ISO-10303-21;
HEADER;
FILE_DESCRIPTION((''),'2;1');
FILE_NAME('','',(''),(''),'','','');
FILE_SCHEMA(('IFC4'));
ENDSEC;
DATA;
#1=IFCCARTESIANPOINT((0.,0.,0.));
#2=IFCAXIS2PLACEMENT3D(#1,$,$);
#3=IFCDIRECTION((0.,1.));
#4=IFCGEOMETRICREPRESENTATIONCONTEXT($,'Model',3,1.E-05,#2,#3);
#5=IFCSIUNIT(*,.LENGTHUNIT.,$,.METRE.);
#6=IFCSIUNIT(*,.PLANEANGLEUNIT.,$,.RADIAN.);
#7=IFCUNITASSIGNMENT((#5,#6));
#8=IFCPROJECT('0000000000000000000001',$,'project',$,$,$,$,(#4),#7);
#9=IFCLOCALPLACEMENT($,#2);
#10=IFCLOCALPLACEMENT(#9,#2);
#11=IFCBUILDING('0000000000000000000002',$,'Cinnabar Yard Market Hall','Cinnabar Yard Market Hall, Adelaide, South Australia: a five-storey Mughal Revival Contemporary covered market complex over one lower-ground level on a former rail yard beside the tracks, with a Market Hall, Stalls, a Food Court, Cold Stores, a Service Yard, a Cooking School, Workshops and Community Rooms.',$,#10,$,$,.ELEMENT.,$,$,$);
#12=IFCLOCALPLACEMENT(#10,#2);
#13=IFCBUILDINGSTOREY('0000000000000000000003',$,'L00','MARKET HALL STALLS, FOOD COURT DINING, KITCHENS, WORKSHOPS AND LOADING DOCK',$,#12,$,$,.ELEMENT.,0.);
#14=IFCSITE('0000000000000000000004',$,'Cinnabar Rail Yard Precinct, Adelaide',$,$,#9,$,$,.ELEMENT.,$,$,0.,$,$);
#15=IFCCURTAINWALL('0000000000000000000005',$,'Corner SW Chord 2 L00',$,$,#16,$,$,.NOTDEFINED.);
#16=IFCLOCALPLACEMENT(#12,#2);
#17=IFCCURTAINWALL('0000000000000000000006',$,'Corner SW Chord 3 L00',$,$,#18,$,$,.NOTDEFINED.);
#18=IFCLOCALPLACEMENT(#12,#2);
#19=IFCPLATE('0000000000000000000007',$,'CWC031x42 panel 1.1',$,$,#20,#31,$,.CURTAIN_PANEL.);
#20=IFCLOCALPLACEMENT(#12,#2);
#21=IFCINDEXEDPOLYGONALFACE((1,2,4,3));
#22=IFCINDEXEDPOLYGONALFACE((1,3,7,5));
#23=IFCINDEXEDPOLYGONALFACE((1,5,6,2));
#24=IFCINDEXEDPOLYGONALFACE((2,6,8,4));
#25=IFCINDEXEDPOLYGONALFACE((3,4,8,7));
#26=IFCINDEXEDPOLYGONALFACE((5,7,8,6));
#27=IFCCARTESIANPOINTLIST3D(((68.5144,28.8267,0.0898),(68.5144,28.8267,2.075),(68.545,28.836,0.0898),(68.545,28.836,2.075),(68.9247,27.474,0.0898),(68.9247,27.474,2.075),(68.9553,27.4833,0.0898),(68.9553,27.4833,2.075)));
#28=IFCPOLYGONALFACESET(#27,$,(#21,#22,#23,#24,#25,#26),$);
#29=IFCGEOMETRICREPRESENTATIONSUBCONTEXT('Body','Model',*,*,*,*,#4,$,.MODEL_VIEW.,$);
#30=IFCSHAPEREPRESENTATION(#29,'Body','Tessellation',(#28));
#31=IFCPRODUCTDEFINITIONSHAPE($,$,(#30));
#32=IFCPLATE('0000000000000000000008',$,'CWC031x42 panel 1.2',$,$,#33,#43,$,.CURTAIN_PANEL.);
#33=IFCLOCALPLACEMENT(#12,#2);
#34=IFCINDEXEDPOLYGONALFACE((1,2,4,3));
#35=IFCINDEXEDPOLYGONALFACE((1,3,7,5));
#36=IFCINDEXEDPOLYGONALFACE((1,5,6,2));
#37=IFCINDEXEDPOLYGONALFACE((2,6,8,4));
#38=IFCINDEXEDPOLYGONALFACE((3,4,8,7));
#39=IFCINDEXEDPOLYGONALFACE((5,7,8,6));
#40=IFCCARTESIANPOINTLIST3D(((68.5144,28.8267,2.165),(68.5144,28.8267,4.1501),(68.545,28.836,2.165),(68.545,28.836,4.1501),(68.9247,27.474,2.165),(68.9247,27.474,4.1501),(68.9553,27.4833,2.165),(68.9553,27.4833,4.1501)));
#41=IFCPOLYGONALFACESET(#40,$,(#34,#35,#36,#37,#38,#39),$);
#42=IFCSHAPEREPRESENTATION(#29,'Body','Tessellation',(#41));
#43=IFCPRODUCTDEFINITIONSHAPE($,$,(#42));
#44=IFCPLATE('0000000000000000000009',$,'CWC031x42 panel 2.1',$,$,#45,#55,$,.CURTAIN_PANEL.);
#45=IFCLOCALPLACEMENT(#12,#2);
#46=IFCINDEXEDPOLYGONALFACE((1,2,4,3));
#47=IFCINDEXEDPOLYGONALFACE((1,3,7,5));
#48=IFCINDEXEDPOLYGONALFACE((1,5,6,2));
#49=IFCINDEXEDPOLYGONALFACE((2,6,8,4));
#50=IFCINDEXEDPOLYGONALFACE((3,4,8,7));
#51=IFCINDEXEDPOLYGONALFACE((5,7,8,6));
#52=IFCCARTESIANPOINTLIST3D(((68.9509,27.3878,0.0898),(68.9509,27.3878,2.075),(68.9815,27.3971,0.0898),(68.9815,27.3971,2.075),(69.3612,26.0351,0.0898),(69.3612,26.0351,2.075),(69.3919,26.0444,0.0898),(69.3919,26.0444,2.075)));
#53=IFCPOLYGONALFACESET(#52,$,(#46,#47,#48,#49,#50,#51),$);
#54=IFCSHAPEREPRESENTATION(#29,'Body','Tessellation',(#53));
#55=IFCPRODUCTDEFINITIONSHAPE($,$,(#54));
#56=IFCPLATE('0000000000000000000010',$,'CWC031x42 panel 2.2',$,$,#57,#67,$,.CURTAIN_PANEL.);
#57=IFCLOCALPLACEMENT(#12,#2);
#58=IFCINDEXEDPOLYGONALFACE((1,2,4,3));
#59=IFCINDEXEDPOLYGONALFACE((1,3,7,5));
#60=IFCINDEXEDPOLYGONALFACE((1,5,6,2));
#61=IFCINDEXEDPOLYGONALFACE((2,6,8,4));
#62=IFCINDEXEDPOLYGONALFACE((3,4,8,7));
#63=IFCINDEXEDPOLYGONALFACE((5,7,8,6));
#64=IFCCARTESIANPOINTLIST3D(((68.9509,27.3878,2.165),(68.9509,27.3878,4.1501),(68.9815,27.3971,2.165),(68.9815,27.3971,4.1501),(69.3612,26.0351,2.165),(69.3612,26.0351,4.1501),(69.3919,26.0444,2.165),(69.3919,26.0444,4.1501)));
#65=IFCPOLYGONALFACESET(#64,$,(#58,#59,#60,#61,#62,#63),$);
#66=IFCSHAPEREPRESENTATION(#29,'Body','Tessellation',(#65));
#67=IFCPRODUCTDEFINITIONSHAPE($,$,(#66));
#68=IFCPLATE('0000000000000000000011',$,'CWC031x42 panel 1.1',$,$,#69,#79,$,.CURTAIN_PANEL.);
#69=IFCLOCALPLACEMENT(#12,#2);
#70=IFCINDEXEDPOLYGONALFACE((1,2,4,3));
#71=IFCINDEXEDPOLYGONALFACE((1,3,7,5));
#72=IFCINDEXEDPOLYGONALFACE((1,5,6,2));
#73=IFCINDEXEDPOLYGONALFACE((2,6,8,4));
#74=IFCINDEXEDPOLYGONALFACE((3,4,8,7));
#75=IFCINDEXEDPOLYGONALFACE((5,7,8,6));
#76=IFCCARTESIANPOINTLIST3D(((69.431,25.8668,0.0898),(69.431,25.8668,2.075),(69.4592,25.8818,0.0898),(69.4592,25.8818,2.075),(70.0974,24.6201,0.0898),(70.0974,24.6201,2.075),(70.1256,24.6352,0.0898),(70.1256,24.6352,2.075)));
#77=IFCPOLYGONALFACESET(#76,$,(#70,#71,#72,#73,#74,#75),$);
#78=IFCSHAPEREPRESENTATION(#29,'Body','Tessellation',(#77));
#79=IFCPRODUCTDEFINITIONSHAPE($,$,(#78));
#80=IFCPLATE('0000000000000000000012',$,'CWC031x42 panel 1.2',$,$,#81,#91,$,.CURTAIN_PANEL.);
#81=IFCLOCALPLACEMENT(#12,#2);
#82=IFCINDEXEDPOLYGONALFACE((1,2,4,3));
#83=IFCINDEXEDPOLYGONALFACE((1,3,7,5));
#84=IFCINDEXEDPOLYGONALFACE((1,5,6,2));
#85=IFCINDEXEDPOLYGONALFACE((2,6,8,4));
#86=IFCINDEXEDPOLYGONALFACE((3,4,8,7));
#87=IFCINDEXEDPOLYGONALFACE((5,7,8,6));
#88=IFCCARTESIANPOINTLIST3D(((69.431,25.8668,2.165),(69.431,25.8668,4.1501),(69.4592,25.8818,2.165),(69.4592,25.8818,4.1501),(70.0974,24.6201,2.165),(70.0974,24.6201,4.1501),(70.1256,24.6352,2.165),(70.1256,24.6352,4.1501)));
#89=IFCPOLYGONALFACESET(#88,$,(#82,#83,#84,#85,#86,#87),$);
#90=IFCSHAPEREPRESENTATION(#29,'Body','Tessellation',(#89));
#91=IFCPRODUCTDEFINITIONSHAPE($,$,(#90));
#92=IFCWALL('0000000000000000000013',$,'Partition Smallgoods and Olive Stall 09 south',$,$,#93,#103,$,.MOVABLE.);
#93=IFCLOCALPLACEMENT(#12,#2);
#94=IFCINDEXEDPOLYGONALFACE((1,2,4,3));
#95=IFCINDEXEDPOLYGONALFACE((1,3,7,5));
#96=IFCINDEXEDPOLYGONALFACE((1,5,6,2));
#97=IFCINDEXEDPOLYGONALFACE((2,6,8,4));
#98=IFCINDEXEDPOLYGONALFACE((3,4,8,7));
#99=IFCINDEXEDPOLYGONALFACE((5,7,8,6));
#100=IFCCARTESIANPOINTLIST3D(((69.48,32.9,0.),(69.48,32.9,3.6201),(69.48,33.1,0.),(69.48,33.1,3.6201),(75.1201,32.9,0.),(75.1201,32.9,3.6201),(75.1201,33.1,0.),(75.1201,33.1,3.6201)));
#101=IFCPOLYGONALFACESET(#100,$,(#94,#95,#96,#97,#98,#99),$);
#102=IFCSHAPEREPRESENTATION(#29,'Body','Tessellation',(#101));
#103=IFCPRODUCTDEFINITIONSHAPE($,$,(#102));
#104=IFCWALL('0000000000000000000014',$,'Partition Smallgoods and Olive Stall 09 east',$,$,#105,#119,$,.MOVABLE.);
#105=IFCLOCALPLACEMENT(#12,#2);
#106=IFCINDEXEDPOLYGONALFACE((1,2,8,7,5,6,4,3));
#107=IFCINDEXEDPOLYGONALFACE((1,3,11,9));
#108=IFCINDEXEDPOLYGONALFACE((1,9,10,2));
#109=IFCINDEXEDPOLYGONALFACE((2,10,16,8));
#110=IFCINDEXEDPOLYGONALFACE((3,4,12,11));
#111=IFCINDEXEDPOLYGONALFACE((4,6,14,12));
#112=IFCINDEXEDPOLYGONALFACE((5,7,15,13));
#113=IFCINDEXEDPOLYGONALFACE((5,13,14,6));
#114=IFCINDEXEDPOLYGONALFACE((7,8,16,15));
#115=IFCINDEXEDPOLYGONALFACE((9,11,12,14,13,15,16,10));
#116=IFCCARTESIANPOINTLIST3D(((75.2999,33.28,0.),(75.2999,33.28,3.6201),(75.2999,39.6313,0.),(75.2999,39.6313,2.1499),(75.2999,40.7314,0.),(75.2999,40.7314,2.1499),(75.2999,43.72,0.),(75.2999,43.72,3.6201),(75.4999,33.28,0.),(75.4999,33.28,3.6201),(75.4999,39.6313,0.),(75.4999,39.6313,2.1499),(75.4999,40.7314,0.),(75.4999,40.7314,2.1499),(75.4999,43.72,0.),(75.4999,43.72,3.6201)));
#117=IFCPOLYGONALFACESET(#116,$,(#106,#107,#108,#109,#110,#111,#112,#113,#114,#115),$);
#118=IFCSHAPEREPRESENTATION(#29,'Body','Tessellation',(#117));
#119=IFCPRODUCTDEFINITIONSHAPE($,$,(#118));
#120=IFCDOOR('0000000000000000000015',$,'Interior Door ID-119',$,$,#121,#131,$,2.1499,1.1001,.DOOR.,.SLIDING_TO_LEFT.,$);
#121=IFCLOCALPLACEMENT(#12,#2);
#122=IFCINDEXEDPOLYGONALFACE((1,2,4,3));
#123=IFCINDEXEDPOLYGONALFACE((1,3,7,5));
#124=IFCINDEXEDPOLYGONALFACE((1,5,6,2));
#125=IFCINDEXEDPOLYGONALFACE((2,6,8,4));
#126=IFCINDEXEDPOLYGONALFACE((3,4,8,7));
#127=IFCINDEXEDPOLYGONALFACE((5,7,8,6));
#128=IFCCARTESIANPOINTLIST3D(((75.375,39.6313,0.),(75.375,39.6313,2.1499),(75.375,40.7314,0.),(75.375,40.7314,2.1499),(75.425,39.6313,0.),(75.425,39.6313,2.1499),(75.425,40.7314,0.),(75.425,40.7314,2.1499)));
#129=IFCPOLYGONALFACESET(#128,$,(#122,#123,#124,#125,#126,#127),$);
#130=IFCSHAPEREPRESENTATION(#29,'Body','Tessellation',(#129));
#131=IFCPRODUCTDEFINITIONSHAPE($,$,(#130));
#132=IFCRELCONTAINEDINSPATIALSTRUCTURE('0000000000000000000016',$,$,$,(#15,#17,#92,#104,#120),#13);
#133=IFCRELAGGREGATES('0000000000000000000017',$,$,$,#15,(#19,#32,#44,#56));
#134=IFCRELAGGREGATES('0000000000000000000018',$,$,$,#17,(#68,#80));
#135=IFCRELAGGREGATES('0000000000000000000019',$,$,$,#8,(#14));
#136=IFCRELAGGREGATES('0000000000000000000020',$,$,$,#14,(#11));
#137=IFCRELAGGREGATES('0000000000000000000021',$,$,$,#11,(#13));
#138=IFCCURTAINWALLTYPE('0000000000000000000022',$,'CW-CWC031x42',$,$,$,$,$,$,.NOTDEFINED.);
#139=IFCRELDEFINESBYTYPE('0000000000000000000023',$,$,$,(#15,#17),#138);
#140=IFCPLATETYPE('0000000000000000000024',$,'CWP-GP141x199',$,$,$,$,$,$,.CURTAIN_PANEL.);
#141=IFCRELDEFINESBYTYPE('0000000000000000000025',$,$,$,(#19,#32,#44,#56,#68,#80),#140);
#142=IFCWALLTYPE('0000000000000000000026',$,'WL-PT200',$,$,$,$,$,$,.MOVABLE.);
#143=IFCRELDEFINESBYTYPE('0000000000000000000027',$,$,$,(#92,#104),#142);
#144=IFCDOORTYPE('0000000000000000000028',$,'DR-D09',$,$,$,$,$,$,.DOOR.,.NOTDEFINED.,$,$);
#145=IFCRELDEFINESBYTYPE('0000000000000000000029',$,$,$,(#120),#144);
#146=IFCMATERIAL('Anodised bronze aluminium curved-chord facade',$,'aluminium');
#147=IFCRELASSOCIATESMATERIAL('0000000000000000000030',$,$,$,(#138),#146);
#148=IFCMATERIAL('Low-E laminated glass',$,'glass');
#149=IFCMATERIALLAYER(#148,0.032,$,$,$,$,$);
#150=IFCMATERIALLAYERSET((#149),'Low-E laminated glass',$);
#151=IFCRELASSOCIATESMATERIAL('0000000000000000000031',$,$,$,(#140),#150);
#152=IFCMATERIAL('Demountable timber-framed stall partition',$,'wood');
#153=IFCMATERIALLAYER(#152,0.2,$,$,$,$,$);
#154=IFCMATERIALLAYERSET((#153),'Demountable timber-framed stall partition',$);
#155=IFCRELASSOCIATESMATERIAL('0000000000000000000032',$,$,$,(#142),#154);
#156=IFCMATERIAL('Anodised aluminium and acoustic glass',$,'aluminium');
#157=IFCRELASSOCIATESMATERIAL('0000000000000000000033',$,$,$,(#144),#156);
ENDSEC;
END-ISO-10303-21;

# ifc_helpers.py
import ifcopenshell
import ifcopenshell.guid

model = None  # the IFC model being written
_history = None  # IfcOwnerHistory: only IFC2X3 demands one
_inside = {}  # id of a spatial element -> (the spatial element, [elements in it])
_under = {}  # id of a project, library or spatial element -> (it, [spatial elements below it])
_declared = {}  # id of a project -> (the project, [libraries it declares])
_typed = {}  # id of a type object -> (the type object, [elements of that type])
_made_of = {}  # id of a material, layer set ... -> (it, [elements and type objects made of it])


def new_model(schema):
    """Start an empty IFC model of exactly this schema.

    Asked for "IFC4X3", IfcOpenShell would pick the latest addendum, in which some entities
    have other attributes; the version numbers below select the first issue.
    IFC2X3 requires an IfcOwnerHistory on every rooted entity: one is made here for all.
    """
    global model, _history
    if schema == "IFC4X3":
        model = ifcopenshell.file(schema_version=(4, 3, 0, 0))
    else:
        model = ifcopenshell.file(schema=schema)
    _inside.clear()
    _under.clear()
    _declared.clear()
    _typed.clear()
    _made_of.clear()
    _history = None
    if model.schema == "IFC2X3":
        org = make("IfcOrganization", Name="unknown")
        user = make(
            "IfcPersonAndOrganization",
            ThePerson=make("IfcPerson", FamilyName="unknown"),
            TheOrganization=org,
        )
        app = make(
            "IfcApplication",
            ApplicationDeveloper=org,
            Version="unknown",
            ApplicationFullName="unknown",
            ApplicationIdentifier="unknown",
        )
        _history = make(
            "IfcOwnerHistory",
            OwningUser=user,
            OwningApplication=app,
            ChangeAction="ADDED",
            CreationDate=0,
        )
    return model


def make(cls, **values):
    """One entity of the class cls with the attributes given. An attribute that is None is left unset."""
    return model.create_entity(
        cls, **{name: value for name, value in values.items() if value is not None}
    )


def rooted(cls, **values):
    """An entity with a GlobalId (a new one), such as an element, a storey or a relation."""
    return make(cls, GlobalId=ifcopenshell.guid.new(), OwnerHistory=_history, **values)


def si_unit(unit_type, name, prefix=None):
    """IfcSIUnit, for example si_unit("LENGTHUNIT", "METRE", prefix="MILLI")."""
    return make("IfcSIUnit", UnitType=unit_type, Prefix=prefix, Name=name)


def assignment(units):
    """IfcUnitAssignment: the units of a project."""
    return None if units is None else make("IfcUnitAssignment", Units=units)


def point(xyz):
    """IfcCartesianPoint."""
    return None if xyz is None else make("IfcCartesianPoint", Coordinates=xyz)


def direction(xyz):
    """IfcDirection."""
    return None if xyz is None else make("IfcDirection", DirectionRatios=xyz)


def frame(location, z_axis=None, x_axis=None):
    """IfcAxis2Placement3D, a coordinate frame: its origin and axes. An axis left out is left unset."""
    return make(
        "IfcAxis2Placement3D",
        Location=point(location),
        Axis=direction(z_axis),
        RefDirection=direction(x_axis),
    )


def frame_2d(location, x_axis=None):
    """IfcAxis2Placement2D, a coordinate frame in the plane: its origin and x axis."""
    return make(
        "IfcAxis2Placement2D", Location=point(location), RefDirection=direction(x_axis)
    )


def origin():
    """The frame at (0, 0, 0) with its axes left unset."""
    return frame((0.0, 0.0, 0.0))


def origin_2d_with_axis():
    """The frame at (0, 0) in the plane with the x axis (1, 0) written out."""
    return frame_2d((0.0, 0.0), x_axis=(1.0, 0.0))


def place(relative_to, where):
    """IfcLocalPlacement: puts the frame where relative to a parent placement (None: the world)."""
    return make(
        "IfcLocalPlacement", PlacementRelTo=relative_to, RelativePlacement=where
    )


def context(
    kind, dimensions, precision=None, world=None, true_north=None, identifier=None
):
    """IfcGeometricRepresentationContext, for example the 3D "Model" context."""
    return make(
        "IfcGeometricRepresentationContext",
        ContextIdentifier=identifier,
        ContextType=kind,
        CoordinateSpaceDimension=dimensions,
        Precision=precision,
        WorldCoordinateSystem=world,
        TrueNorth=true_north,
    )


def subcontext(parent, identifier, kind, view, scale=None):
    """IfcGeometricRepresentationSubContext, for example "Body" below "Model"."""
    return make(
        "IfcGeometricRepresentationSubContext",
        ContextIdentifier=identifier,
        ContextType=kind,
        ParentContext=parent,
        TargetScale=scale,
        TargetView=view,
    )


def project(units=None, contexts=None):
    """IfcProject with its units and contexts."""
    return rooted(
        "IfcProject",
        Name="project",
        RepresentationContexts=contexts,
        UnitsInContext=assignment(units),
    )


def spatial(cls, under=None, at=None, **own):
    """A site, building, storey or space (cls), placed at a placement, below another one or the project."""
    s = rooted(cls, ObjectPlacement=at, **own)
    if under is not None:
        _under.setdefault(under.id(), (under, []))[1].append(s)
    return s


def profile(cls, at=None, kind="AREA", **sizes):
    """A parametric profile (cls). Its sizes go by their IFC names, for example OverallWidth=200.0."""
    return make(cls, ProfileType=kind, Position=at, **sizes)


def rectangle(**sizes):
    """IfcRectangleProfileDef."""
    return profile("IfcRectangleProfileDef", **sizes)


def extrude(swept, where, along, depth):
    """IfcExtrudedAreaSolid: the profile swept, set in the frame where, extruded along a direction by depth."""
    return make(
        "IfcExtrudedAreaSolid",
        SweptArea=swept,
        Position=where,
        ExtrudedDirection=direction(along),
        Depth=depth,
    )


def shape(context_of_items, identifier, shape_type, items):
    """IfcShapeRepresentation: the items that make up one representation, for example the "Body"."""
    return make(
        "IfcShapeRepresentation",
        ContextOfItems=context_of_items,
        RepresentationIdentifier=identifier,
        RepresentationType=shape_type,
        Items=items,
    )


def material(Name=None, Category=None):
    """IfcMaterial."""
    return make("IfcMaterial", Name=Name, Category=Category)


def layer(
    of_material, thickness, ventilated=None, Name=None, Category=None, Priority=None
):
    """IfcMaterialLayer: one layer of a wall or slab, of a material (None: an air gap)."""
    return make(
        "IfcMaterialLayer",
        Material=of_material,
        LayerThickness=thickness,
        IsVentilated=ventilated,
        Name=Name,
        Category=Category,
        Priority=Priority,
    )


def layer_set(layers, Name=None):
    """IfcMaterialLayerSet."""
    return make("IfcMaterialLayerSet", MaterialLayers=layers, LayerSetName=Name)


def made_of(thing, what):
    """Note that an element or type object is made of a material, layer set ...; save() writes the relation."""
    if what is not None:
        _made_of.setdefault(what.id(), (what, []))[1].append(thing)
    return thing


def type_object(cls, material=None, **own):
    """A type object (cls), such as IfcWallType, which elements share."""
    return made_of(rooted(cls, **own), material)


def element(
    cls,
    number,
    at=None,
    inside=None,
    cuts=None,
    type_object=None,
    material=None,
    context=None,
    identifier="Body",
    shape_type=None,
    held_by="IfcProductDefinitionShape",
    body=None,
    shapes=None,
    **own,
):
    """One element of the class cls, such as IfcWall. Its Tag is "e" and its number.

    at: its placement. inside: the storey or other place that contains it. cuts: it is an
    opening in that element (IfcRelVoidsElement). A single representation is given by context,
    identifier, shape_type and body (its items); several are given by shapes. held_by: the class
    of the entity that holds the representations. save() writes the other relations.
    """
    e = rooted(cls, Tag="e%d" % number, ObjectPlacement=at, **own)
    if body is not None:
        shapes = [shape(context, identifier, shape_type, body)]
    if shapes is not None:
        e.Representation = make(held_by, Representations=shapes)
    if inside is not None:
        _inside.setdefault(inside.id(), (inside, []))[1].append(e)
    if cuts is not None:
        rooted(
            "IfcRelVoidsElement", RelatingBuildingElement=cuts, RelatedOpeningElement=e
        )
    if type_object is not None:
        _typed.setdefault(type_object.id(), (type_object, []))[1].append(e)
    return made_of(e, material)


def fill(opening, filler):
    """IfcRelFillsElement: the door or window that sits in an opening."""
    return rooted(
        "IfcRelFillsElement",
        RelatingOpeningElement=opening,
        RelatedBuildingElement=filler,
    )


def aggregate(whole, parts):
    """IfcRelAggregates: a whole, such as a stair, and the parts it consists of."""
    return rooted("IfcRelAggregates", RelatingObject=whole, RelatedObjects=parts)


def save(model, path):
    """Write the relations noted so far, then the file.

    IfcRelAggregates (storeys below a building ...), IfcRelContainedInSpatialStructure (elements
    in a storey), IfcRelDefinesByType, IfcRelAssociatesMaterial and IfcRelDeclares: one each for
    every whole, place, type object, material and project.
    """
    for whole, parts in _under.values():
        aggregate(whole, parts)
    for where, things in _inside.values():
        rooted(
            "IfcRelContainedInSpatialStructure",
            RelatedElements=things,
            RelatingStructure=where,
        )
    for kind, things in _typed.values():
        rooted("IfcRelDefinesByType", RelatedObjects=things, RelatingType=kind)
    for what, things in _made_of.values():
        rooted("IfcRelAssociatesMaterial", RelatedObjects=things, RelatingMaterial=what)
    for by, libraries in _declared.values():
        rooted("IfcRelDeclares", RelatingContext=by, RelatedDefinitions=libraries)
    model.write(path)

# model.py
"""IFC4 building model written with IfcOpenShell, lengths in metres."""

from ifc_helpers import new_model, si_unit, direction, frame, frame_2d, origin, origin_2d_with_axis, place, context, subcontext, project, spatial, rectangle, extrude, material, layer, layer_set, type_object, element, fill, aggregate, save


model = new_model("IFC4")

# Units and contexts
model_context = context("Model", 3, precision=1e-05, world=origin(), true_north=direction((0.0, 1.0)))
body_context = subcontext(model_context, "Body", "Model", "MODEL_VIEW")
ifc_project = project(units=[si_unit("LENGTHUNIT", "METRE"), si_unit("PLANEANGLEUNIT", "RADIAN")], contexts=[model_context])

# Site, building, storey
site_placement = place(None, origin())
site = spatial("IfcSite", under=ifc_project, at=site_placement, Name="Cinnabar Rail Yard Precinct, Adelaide", CompositionType="ELEMENT", RefElevation=0.0)
building_placement = place(site_placement, origin())
building = spatial("IfcBuilding", under=site, at=building_placement, Name="Cinnabar Yard Market Hall", Description="Cinnabar Yard Market Hall, Adelaide, South Australia: a five-storey Mughal Revival Contemporary covered market complex over one lower-ground level on a former rail yard beside the tracks, with a Market Hall, Stalls, a Food Court, Cold Stores, a Service Yard, a Cooking School, Workshops and Community Rooms.", CompositionType="ELEMENT")
storey_placement = place(building_placement, origin())
storey = spatial("IfcBuildingStorey", under=building, at=storey_placement, Name="L00", Description="MARKET HALL STALLS, FOOD COURT DINING, KITCHENS, WORKSHOPS AND LOADING DOCK", CompositionType="ELEMENT", Elevation=0.0)

# Curtain walls
ifc_material_1 = material(Name="Anodised bronze aluminium curved-chord facade", Category="aluminium")
curtain_wall_type = type_object("IfcCurtainWallType", Name="CW-CWC031x42", PredefinedType="NOTDEFINED", material=ifc_material_1)
curtain_wall_1_placement = place(storey_placement, origin())
curtain_wall_1 = element("IfcCurtainWall", 1, at=curtain_wall_1_placement, inside=storey, type_object=curtain_wall_type, Name="Corner SW Chord 2 L00", PredefinedType="NOTDEFINED")
curtain_wall_2_placement = place(storey_placement, origin())
curtain_wall_2 = element("IfcCurtainWall", 2, at=curtain_wall_2_placement, inside=storey, type_object=curtain_wall_type, Name="Corner SW Chord 3 L00", PredefinedType="NOTDEFINED")

# Plates
ifc_material_2 = material(Name="Low-E laminated glass", Category="glass")
ifc_layer_1 = layer(ifc_material_2, 0.032)
ifc_layer_set_1 = layer_set([ifc_layer_1], Name="Low-E laminated glass")
plate_type = type_object("IfcPlateType", Name="CWP-GP141x199", PredefinedType="CURTAIN_PANEL", material=ifc_layer_set_1)
plate_1_placement = place(storey_placement, frame((68.7349, 28.155, 0.0898), z_axis=(0.0, 0.0, 1.0), x_axis=(0.290279, -0.956942, 0.0)))
plate_1 = element("IfcPlate", 3, at=plate_1_placement, type_object=plate_type, Name="CWC031x42 panel 1.1", PredefinedType="CURTAIN_PANEL", context=body_context, shape_type="SweptSolid", body=[
    extrude(rectangle(XDim=1.4136, YDim=0.032, at=origin_2d_with_axis()), origin(), (0.0, 0.0, 1.0), 1.9851),
])
plate_2_placement = place(storey_placement, frame((68.7349, 28.155, 2.165), z_axis=(0.0, 0.0, 1.0), x_axis=(0.290279, -0.956942, 0.0)))
plate_2 = element("IfcPlate", 4, at=plate_2_placement, type_object=plate_type, Name="CWC031x42 panel 1.2", PredefinedType="CURTAIN_PANEL", context=body_context, shape_type="SweptSolid", body=[
    extrude(rectangle(XDim=1.4136, YDim=0.032, at=origin_2d_with_axis()), origin(), (0.0, 0.0, 1.0), 1.9851),
])
plate_3_placement = place(storey_placement, frame((69.1714, 26.7161, 0.0898), z_axis=(0.0, 0.0, 1.0), x_axis=(0.290279, -0.956942, 0.0)))
plate_3 = element("IfcPlate", 5, at=plate_3_placement, type_object=plate_type, Name="CWC031x42 panel 2.1", PredefinedType="CURTAIN_PANEL", context=body_context, shape_type="SweptSolid", body=[
    extrude(rectangle(XDim=1.4136, YDim=0.032, at=origin_2d_with_axis()), origin(), (0.0, 0.0, 1.0), 1.9851),
])
plate_4_placement = place(storey_placement, frame((69.1714, 26.7161, 2.165), z_axis=(0.0, 0.0, 1.0), x_axis=(0.290279, -0.956942, 0.0)))
plate_4 = element("IfcPlate", 6, at=plate_4_placement, type_object=plate_type, Name="CWC031x42 panel 2.2", PredefinedType="CURTAIN_PANEL", context=body_context, shape_type="SweptSolid", body=[
    extrude(rectangle(XDim=1.4136, YDim=0.032, at=origin_2d_with_axis()), origin(), (0.0, 0.0, 1.0), 1.9851),
])
aggregate(curtain_wall_1, [plate_1, plate_2, plate_3, plate_4])
plate_5_placement = place(storey_placement, frame((69.7783, 25.251, 0.0898), z_axis=(0.0, 0.0, 1.0), x_axis=(0.471404, -0.881917, 0.0)))
plate_5 = element("IfcPlate", 7, at=plate_5_placement, type_object=plate_type, Name="CWC031x42 panel 1.1", PredefinedType="CURTAIN_PANEL", context=body_context, shape_type="SweptSolid", body=[
    extrude(rectangle(XDim=1.4136, YDim=0.032, at=origin_2d_with_axis()), origin(), (0.0, 0.0, 1.0), 1.9851),
])
plate_6_placement = place(storey_placement, frame((69.7783, 25.251, 2.165), z_axis=(0.0, 0.0, 1.0), x_axis=(0.471404, -0.881917, 0.0)))
plate_6 = element("IfcPlate", 8, at=plate_6_placement, type_object=plate_type, Name="CWC031x42 panel 1.2", PredefinedType="CURTAIN_PANEL", context=body_context, shape_type="SweptSolid", body=[
    extrude(rectangle(XDim=1.4136, YDim=0.032, at=origin_2d_with_axis()), origin(), (0.0, 0.0, 1.0), 1.9851),
])
aggregate(curtain_wall_2, [plate_5, plate_6])

# Wall
ifc_material_3 = material(Name="Demountable timber-framed stall partition", Category="wood")
ifc_layer_2 = layer(ifc_material_3, 0.2)
ifc_layer_set_2 = layer_set([ifc_layer_2], Name="Demountable timber-framed stall partition")
wall_type = type_object("IfcWallType", Name="WL-PT200", PredefinedType="MOVABLE", material=ifc_layer_set_2)
wall_1_placement = place(storey_placement, frame((69.48, 33.0, 0.0), z_axis=(0.0, 0.0, 1.0), x_axis=(1.0, 0.0, 0.0)))
element("IfcWall", 9, at=wall_1_placement, inside=storey, type_object=wall_type, Name="Partition Smallgoods and Olive Stall 09 south", PredefinedType="MOVABLE", context=body_context, shape_type="SweptSolid", body=[
    extrude(rectangle(XDim=5.6401, YDim=0.2, at=frame_2d((2.8201, 0.0), x_axis=(1.0, 0.0))), origin(), (0.0, 0.0, 1.0), 3.6201),
])

# Wall, opening, door
wall_2_placement = place(storey_placement, frame((75.3999, 33.28, 0.0), z_axis=(0.0, 0.0, 1.0), x_axis=(0.0, 1.0, 0.0)))
wall_2 = element("IfcWall", 10, at=wall_2_placement, inside=storey, type_object=wall_type, Name="Partition Smallgoods and Olive Stall 09 east", PredefinedType="MOVABLE", context=body_context, shape_type="SweptSolid", body=[
    extrude(rectangle(XDim=10.4399, YDim=0.2, at=frame_2d((5.22, 0.0), x_axis=(1.0, 0.0))), origin(), (0.0, 0.0, 1.0), 3.6201),
])
opening_placement = place(wall_2_placement, frame((6.3513, 0.0, 0.0)))
opening = element("IfcOpeningElement", 11, at=opening_placement, cuts=wall_2, PredefinedType="OPENING", context=body_context, shape_type="SweptSolid", body=[
    extrude(rectangle(XDim=1.1001, YDim=2.1499, at=frame_2d((0.55, 1.075), x_axis=(1.0, 0.0))), frame((0.0, 0.1099, 0.0), z_axis=(0.0, -1.0, 0.0), x_axis=(1.0, 0.0, 0.0)), (0.0, 0.0, 1.0), 0.22),
])
ifc_material_4 = material(Name="Anodised aluminium and acoustic glass", Category="aluminium")
door_type = type_object("IfcDoorType", Name="DR-D09", OperationType="NOTDEFINED", PredefinedType="DOOR", material=ifc_material_4)
door_placement = place(opening_placement, origin())
door = element("IfcDoor", 12, at=door_placement, inside=storey, type_object=door_type, Name="Interior Door ID-119", OperationType="SLIDING_TO_LEFT", OverallHeight=2.1499, OverallWidth=1.1001, PredefinedType="DOOR", context=body_context, shape_type="SweptSolid", body=[
    extrude(rectangle(XDim=1.1001, YDim=2.1499, at=frame_2d((0.55, 1.075), x_axis=(1.0, 0.0))), frame((0.0, 0.0249, 0.0), z_axis=(0.0, -1.0, 0.0), x_axis=(1.0, 0.0, 0.0)), (0.0, 0.0, 1.0), 0.05),
])
fill(opening, door)

save(model, "model.ifc")
